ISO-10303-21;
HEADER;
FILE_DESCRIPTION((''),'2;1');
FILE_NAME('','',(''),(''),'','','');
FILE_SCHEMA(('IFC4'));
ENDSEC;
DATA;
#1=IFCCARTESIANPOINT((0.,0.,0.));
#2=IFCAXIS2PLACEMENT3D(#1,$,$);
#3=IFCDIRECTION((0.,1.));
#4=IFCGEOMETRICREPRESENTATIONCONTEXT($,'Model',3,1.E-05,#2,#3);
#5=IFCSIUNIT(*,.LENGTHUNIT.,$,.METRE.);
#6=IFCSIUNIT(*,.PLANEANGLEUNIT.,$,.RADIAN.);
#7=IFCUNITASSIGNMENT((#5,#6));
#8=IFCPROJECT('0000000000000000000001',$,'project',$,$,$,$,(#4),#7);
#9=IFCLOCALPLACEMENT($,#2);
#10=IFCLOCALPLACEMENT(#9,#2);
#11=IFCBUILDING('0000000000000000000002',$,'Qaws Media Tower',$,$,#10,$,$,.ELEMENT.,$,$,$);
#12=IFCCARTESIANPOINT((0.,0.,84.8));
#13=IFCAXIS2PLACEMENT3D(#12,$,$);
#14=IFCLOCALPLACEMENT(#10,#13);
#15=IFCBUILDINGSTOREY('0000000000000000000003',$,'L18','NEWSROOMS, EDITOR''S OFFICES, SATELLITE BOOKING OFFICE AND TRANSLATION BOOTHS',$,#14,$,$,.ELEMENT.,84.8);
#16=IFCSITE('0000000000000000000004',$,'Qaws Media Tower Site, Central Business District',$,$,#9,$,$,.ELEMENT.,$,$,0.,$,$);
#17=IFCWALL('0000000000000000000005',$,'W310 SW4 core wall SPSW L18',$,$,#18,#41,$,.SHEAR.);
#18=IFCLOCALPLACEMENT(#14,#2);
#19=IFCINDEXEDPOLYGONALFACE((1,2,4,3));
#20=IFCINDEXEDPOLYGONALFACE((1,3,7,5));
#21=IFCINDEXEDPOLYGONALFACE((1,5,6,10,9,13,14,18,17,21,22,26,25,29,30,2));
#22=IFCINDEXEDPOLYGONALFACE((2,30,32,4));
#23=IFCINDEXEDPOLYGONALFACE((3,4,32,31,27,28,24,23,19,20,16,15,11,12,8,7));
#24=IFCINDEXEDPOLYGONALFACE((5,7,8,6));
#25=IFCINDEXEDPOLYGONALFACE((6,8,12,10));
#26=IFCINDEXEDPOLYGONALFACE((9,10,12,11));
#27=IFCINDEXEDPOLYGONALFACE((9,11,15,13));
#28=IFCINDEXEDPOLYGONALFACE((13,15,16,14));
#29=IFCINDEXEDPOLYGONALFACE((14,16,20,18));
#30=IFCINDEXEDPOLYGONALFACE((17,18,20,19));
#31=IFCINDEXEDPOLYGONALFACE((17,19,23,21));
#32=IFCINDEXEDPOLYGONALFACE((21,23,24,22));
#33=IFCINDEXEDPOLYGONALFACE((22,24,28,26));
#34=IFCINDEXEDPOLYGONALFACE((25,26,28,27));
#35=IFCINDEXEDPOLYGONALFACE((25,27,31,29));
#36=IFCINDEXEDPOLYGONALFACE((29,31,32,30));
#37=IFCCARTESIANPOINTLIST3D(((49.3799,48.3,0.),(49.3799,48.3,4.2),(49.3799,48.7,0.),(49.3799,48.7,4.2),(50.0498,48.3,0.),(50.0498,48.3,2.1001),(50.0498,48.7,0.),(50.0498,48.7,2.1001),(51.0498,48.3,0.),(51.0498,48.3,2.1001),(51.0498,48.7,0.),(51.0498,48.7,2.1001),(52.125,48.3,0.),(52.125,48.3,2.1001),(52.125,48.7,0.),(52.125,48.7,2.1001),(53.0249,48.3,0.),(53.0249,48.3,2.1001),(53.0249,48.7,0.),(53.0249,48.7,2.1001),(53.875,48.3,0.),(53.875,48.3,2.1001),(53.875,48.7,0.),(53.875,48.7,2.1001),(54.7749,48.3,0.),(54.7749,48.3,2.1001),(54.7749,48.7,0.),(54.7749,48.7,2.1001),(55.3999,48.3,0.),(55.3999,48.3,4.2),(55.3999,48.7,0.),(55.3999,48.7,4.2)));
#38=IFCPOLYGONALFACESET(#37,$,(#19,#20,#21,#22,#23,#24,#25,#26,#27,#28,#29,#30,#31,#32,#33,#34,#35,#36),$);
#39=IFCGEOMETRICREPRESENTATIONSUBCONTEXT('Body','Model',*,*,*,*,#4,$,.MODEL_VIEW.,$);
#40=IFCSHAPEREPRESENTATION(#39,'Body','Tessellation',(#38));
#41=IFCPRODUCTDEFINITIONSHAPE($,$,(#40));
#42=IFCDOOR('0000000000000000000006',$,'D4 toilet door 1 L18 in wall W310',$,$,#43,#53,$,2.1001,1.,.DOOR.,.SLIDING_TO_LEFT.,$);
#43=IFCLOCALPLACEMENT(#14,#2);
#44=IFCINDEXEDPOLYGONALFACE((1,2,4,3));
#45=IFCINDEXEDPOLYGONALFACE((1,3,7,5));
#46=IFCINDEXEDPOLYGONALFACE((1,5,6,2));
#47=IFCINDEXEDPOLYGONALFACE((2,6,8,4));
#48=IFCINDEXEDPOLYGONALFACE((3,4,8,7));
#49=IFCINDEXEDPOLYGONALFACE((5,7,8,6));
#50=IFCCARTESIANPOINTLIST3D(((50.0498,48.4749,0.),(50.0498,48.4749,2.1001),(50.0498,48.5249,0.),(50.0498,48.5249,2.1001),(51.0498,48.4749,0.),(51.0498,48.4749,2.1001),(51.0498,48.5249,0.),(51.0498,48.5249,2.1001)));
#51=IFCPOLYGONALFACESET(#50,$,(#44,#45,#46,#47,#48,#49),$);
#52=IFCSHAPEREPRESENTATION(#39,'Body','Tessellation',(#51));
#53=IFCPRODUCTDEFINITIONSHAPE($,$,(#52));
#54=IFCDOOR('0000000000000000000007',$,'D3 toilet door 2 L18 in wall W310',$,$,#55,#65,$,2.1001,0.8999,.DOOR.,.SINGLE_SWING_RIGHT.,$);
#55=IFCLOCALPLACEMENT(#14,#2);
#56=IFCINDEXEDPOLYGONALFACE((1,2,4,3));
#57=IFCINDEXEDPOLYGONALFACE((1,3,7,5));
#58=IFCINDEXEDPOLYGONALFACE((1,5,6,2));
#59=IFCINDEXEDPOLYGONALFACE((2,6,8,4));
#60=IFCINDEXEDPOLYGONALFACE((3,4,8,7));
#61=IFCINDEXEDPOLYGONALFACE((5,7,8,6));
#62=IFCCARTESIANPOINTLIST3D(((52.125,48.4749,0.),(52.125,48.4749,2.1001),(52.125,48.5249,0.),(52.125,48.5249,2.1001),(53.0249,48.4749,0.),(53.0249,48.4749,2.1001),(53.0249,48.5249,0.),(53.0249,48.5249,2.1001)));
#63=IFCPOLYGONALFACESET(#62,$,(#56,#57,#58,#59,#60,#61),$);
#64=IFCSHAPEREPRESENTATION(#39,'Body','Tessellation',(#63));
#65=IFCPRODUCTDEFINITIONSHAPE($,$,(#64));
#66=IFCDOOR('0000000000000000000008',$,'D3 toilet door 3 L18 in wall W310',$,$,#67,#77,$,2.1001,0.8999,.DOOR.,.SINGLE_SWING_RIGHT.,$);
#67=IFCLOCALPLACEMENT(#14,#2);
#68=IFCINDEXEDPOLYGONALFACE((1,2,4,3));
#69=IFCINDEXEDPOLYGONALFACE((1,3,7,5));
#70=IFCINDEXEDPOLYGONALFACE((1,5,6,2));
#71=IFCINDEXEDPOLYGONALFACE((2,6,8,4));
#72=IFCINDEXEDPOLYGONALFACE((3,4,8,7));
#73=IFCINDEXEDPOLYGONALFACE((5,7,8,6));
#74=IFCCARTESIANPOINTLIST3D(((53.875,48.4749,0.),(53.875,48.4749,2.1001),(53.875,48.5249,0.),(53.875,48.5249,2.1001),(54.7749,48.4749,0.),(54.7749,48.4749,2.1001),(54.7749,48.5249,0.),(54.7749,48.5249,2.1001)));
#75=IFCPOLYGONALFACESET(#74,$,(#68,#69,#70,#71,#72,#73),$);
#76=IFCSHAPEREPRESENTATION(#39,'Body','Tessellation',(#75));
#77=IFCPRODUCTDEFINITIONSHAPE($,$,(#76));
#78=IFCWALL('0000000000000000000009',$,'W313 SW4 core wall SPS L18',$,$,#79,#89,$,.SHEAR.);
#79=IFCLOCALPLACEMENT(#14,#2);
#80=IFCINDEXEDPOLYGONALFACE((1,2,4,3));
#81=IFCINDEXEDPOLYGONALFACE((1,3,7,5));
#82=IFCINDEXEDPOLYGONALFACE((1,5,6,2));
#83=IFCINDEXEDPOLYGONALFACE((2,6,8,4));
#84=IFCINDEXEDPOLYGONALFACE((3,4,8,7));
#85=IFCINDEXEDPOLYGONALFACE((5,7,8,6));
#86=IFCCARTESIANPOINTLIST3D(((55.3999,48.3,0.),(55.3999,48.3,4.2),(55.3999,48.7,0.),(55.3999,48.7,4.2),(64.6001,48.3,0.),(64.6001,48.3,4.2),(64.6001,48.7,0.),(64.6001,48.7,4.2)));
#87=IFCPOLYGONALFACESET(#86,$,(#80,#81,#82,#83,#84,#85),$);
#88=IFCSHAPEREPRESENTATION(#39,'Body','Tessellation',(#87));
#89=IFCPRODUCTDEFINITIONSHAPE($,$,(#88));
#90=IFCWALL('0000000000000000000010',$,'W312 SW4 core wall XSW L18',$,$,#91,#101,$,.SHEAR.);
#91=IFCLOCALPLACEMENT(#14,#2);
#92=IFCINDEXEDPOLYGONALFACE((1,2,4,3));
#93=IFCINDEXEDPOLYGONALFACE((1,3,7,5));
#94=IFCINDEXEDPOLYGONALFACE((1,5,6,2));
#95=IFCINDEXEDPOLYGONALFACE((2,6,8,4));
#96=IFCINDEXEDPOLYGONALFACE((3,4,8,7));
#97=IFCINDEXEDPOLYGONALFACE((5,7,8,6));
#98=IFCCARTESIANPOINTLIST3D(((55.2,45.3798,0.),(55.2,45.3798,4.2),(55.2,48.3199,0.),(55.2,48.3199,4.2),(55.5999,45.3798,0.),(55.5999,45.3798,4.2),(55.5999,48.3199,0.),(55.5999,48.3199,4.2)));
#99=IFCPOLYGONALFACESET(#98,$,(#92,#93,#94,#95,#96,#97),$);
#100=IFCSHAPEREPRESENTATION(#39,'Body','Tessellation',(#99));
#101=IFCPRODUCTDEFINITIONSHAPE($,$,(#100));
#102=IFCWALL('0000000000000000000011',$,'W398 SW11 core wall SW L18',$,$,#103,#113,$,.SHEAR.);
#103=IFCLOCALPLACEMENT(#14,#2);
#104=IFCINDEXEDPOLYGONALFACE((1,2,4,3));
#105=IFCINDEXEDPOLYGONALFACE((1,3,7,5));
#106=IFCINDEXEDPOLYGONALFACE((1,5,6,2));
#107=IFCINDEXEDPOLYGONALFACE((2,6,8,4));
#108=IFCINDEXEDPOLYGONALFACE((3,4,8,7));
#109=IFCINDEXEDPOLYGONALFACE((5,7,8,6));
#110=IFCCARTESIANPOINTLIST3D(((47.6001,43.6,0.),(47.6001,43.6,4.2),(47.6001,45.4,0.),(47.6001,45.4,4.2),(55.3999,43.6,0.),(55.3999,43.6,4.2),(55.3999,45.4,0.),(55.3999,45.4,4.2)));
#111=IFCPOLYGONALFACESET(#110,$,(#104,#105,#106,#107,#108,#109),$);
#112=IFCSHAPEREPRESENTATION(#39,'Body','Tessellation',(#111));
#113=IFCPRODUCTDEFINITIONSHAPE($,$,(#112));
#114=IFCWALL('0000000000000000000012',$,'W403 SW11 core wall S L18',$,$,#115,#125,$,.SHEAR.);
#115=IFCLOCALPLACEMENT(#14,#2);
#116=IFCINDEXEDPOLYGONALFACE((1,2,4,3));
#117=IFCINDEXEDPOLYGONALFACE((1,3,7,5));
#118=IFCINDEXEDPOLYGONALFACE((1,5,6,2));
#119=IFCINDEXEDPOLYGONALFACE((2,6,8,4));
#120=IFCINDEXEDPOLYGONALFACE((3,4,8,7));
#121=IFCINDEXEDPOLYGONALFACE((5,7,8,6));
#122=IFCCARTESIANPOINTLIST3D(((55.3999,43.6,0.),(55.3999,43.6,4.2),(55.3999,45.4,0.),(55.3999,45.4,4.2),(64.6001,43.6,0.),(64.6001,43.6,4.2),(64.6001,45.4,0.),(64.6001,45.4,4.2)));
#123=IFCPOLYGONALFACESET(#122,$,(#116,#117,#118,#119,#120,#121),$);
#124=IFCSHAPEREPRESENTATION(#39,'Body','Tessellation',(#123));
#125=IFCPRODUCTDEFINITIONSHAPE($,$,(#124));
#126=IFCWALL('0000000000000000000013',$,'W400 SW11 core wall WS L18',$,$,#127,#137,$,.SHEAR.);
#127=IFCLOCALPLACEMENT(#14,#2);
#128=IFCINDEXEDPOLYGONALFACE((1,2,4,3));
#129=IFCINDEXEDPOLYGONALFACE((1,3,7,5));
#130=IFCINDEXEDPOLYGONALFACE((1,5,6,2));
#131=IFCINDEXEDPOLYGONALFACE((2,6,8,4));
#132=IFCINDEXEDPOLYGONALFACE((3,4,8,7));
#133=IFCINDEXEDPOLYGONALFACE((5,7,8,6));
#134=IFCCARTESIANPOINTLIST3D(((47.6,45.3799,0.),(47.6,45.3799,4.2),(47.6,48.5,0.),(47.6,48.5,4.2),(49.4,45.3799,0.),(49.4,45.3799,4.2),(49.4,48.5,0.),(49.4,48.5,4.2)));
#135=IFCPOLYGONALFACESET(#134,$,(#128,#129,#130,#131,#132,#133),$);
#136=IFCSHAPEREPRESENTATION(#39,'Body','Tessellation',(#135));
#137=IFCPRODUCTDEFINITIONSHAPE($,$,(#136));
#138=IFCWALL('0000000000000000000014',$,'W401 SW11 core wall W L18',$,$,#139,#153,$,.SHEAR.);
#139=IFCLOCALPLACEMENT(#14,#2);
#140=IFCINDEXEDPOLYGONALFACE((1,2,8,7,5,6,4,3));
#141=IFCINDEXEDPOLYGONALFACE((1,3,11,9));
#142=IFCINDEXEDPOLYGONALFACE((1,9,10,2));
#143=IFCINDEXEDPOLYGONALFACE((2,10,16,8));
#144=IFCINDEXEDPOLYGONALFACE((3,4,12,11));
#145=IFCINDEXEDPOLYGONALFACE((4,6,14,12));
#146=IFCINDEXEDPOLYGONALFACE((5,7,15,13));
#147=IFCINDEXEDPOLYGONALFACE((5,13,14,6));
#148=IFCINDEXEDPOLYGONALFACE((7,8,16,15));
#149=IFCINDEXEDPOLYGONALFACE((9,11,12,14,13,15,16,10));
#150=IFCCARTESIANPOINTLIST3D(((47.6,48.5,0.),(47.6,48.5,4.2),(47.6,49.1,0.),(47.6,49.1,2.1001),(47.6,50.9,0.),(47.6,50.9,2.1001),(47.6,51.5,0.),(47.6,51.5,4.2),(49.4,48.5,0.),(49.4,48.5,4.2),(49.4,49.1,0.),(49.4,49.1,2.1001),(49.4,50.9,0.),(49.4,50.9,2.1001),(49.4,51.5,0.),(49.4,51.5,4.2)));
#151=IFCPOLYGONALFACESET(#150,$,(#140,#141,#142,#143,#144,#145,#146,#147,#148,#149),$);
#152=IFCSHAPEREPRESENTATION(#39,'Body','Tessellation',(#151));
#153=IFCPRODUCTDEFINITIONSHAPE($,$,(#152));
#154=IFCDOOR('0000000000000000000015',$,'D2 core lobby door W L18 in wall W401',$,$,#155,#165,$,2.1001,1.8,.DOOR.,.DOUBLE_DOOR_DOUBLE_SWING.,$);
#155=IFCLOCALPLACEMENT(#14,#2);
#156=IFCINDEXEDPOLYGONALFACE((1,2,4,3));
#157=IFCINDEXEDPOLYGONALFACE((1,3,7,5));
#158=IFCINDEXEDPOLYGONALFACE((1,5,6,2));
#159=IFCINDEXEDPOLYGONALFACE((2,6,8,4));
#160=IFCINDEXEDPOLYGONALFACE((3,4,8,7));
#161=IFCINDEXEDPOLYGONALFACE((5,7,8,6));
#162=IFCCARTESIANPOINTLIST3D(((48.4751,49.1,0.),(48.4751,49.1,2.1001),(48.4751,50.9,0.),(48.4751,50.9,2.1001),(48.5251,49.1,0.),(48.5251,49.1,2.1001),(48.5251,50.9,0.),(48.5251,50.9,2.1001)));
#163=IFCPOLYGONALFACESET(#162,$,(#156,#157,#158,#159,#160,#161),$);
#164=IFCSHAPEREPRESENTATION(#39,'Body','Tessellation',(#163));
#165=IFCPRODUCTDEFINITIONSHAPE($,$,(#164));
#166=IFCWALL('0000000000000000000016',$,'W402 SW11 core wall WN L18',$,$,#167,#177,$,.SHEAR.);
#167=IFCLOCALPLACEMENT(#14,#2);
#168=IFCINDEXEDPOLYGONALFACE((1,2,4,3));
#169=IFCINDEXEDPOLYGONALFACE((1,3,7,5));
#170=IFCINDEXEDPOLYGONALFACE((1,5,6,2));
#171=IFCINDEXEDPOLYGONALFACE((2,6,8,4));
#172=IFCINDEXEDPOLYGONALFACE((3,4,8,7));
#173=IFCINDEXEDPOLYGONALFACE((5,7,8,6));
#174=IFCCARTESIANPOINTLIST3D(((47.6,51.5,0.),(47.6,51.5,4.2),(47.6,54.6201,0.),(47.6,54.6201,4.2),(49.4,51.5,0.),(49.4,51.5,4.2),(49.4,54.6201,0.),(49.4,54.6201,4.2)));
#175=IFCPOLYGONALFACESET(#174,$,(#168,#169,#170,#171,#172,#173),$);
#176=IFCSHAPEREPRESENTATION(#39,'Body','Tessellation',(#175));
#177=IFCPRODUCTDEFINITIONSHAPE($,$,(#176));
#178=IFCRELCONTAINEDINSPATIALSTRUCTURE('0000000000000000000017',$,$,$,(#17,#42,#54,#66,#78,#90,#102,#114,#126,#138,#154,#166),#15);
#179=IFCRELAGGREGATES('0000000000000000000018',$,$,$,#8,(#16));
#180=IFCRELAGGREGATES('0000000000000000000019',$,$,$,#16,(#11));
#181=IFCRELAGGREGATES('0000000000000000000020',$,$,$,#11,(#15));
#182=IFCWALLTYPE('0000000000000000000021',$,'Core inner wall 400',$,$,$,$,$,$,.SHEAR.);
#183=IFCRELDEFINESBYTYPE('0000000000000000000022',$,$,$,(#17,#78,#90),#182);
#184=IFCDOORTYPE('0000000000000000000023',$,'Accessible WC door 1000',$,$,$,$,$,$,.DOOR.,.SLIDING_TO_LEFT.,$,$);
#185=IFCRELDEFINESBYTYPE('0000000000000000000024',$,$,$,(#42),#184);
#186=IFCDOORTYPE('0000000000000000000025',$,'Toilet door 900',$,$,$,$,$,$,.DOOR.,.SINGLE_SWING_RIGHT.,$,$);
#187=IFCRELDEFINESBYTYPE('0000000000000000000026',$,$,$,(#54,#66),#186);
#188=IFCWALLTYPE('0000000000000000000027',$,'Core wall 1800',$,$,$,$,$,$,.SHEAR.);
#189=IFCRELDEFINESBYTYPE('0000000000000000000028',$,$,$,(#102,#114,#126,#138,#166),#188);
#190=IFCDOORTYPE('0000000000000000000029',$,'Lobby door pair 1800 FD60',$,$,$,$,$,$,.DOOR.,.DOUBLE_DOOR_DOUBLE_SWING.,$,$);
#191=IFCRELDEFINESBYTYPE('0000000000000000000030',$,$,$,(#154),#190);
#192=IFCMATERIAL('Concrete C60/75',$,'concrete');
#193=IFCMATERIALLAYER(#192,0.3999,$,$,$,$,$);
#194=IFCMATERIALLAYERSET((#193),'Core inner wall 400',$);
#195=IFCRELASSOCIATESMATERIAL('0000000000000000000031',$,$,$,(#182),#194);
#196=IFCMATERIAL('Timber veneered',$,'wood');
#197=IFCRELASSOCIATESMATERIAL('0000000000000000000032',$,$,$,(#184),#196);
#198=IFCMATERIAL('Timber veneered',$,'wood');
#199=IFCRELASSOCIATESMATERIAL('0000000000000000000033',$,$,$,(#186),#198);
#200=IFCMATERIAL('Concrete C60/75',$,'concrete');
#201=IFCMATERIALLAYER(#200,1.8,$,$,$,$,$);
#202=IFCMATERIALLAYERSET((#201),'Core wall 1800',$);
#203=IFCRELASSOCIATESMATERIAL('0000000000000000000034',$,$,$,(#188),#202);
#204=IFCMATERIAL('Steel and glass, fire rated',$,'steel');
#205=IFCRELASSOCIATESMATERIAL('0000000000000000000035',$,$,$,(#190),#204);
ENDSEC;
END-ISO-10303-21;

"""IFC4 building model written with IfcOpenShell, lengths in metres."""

from ifc_helpers import new_model, si_unit, direction, frame, frame_2d, origin, place, context, subcontext, project, spatial, rectangle, extrude, material, layer, layer_set, type_object, element, fill, save


model = new_model("IFC4")

# Units and contexts
model_context = context("Model", 3, precision=1e-05, world=origin(), true_north=direction((0.0, 1.0)))
body_context = subcontext(model_context, "Body", "Model", "MODEL_VIEW")
ifc_project = project(units=[si_unit("LENGTHUNIT", "METRE"), si_unit("PLANEANGLEUNIT", "RADIAN")], contexts=[model_context])

# Site, building, storey
site_placement = place(None, origin())
site = spatial("IfcSite", under=ifc_project, at=site_placement, Name="Qaws Media Tower Site, Central Business District", CompositionType="ELEMENT", RefElevation=0.0)
building_placement = place(site_placement, origin())
building = spatial("IfcBuilding", under=site, at=building_placement, Name="Qaws Media Tower", CompositionType="ELEMENT")
storey_placement = place(building_placement, frame((0.0, 0.0, 84.8)))
storey = spatial("IfcBuildingStorey", under=building, at=storey_placement, Name="L18", Description="NEWSROOMS, EDITOR'S OFFICES, SATELLITE BOOKING OFFICE AND TRANSLATION BOOTHS", CompositionType="ELEMENT", Elevation=84.8)

# Shared definitions
ifc_material_1 = material(Name="Concrete C60/75", Category="concrete")
ifc_layer_1 = layer(ifc_material_1, 0.3999)
ifc_layer_set_1 = layer_set([ifc_layer_1], Name="Core inner wall 400")
wall_type_1 = type_object("IfcWallType", Name="Core inner wall 400", PredefinedType="SHEAR", material=ifc_layer_set_1)

# Wall, openings, doors
wall_1_placement = place(storey_placement, frame((49.3799, 48.5, 0.0), z_axis=(0.0, 0.0, 1.0), x_axis=(1.0, 0.0, 0.0)))
wall_1 = element("IfcWall", 1, at=wall_1_placement, inside=storey, type_object=wall_type_1, Name="W310 SW4 core wall SPSW L18", PredefinedType="SHEAR", context=body_context, shape_type="SweptSolid", body=[
    extrude(rectangle(XDim=6.02, YDim=0.3999, at=frame_2d((3.01, 0.0))), origin(), (0.0, 0.0, 1.0), 4.2),
])
opening_1_placement = place(wall_1_placement, frame((0.6699, 0.0, 0.0)))
opening_1 = element("IfcOpeningElement", 2, at=opening_1_placement, cuts=wall_1, PredefinedType="OPENING", context=body_context, shape_type="SweptSolid", body=[
    extrude(rectangle(XDim=1.0, YDim=2.1001, at=frame_2d((0.5, 1.05))), frame((0.0, 0.21, 0.0), z_axis=(0.0, -1.0, 0.0), x_axis=(1.0, 0.0, 0.0)), (0.0, 0.0, 1.0), 0.4199),
])
opening_2_placement = place(wall_1_placement, frame((2.7451, 0.0, 0.0)))
opening_2 = element("IfcOpeningElement", 3, at=opening_2_placement, cuts=wall_1, PredefinedType="OPENING", context=body_context, shape_type="SweptSolid", body=[
    extrude(rectangle(XDim=0.8999, YDim=2.1001, at=frame_2d((0.45, 1.05))), frame((0.0, 0.21, 0.0), z_axis=(0.0, -1.0, 0.0), x_axis=(1.0, 0.0, 0.0)), (0.0, 0.0, 1.0), 0.4199),
])
opening_3_placement = place(wall_1_placement, frame((4.4951, 0.0, 0.0)))
opening_3 = element("IfcOpeningElement", 4, at=opening_3_placement, cuts=wall_1, PredefinedType="OPENING", context=body_context, shape_type="SweptSolid", body=[
    extrude(rectangle(XDim=0.8999, YDim=2.1001, at=frame_2d((0.45, 1.05))), frame((0.0, 0.21, 0.0), z_axis=(0.0, -1.0, 0.0), x_axis=(1.0, 0.0, 0.0)), (0.0, 0.0, 1.0), 0.4199),
])
ifc_material_2 = material(Name="Timber veneered", Category="wood")
door_type_1 = type_object("IfcDoorType", Name="Accessible WC door 1000", OperationType="SLIDING_TO_LEFT", PredefinedType="DOOR", material=ifc_material_2)
door_1_placement = place(opening_1_placement, origin())
door_1 = element("IfcDoor", 5, at=door_1_placement, inside=storey, type_object=door_type_1, Name="D4 toilet door 1 L18 in wall W310", OperationType="SLIDING_TO_LEFT", OverallHeight=2.1001, OverallWidth=1.0, PredefinedType="DOOR", context=body_context, shape_type="SweptSolid", body=[
    extrude(rectangle(XDim=1.0, YDim=2.1001, at=frame_2d((0.5, 1.05))), frame((0.0, 0.0249, 0.0), z_axis=(0.0, -1.0, 0.0), x_axis=(1.0, 0.0, 0.0)), (0.0, 0.0, 1.0), 0.05),
])
fill(opening_1, door_1)
ifc_material_3 = material(Name="Timber veneered", Category="wood")
door_type_2 = type_object("IfcDoorType", Name="Toilet door 900", OperationType="SINGLE_SWING_RIGHT", PredefinedType="DOOR", material=ifc_material_3)
door_2_placement = place(opening_2_placement, origin())
door_2 = element("IfcDoor", 6, at=door_2_placement, inside=storey, type_object=door_type_2, Name="D3 toilet door 2 L18 in wall W310", OperationType="SINGLE_SWING_RIGHT", OverallHeight=2.1001, OverallWidth=0.8999, PredefinedType="DOOR", context=body_context, shape_type="SweptSolid", body=[
    extrude(rectangle(XDim=0.8999, YDim=2.1001, at=frame_2d((0.45, 1.05))), frame((0.0, 0.0249, 0.0), z_axis=(0.0, -1.0, 0.0), x_axis=(1.0, 0.0, 0.0)), (0.0, 0.0, 1.0), 0.05),
])
fill(opening_2, door_2)
door_3_placement = place(opening_3_placement, origin())
door_3 = element("IfcDoor", 7, at=door_3_placement, inside=storey, type_object=door_type_2, Name="D3 toilet door 3 L18 in wall W310", OperationType="SINGLE_SWING_RIGHT", OverallHeight=2.1001, OverallWidth=0.8999, PredefinedType="DOOR", context=body_context, shape_type="SweptSolid", body=[
    extrude(rectangle(XDim=0.8999, YDim=2.1001, at=frame_2d((0.45, 1.05))), frame((0.0, 0.0249, 0.0), z_axis=(0.0, -1.0, 0.0), x_axis=(1.0, 0.0, 0.0)), (0.0, 0.0, 1.0), 0.05),
])
fill(opening_3, door_3)

# Walls
wall_2_placement = place(storey_placement, frame((55.3999, 48.5, 0.0), z_axis=(0.0, 0.0, 1.0), x_axis=(1.0, 0.0, 0.0)))
element("IfcWall", 8, at=wall_2_placement, inside=storey, type_object=wall_type_1, Name="W313 SW4 core wall SPS L18", PredefinedType="SHEAR", context=body_context, shape_type="SweptSolid", body=[
    extrude(rectangle(XDim=9.2002, YDim=0.3999, at=frame_2d((4.6001, 0.0))), origin(), (0.0, 0.0, 1.0), 4.2),
])
wall_3_placement = place(storey_placement, frame((55.3999, 48.3201, 0.0), z_axis=(0.0, 0.0, 1.0), x_axis=(0.0, -1.0, 0.0)))
element("IfcWall", 9, at=wall_3_placement, inside=storey, type_object=wall_type_1, Name="W312 SW4 core wall XSW L18", PredefinedType="SHEAR", context=body_context, shape_type="SweptSolid", body=[
    extrude(rectangle(XDim=2.9402, YDim=0.3999, at=frame_2d((1.4702, 0.0))), origin(), (0.0, 0.0, 1.0), 4.2),
])
ifc_material_4 = material(Name="Concrete C60/75", Category="concrete")
ifc_layer_2 = layer(ifc_material_4, 1.8)
ifc_layer_set_2 = layer_set([ifc_layer_2], Name="Core wall 1800")
wall_type_2 = type_object("IfcWallType", Name="Core wall 1800", PredefinedType="SHEAR", material=ifc_layer_set_2)
wall_4_placement = place(storey_placement, frame((47.6001, 44.5, 0.0), z_axis=(0.0, 0.0, 1.0), x_axis=(1.0, 0.0, 0.0)))
element("IfcWall", 10, at=wall_4_placement, inside=storey, type_object=wall_type_2, Name="W398 SW11 core wall SW L18", PredefinedType="SHEAR", context=body_context, shape_type="SweptSolid", body=[
    extrude(rectangle(XDim=7.7998, YDim=1.8, at=frame_2d((3.8999, 0.0))), origin(), (0.0, 0.0, 1.0), 4.2),
])
wall_5_placement = place(storey_placement, frame((55.3999, 44.5, 0.0), z_axis=(0.0, 0.0, 1.0), x_axis=(1.0, 0.0, 0.0)))
element("IfcWall", 11, at=wall_5_placement, inside=storey, type_object=wall_type_2, Name="W403 SW11 core wall S L18", PredefinedType="SHEAR", context=body_context, shape_type="SweptSolid", body=[
    extrude(rectangle(XDim=9.2002, YDim=1.8, at=frame_2d((4.6001, 0.0))), origin(), (0.0, 0.0, 1.0), 4.2),
])
wall_6_placement = place(storey_placement, frame((48.5, 45.3799, 0.0), z_axis=(0.0, 0.0, 1.0), x_axis=(0.0, 1.0, 0.0)))
element("IfcWall", 12, at=wall_6_placement, inside=storey, type_object=wall_type_2, Name="W400 SW11 core wall WS L18", PredefinedType="SHEAR", context=body_context, shape_type="SweptSolid", body=[
    extrude(rectangle(XDim=3.1201, YDim=1.8, at=frame_2d((1.5601, 0.0))), origin(), (0.0, 0.0, 1.0), 4.2),
])

# Wall, opening, door
wall_7_placement = place(storey_placement, frame((48.5, 48.5, 0.0), z_axis=(0.0, 0.0, 1.0), x_axis=(0.0, 1.0, 0.0)))
wall_7 = element("IfcWall", 13, at=wall_7_placement, inside=storey, type_object=wall_type_2, Name="W401 SW11 core wall W L18", PredefinedType="SHEAR", context=body_context, shape_type="SweptSolid", body=[
    extrude(rectangle(XDim=3.0, YDim=1.8, at=frame_2d((1.5, 0.0))), origin(), (0.0, 0.0, 1.0), 4.2),
])
opening_4_placement = place(wall_7_placement, frame((0.6001, 0.0, 0.0)))
opening_4 = element("IfcOpeningElement", 14, at=opening_4_placement, cuts=wall_7, PredefinedType="OPENING", context=body_context, shape_type="SweptSolid", body=[
    extrude(rectangle(XDim=1.8, YDim=2.1001, at=frame_2d((0.8999, 1.05))), frame((0.0, 0.9099, 0.0), z_axis=(0.0, -1.0, 0.0), x_axis=(1.0, 0.0, 0.0)), (0.0, 0.0, 1.0), 1.8201),
])
ifc_material_5 = material(Name="Steel and glass, fire rated", Category="steel")
door_type_3 = type_object("IfcDoorType", Name="Lobby door pair 1800 FD60", OperationType="DOUBLE_DOOR_DOUBLE_SWING", PredefinedType="DOOR", material=ifc_material_5)
door_4_placement = place(opening_4_placement, origin())
door_4 = element("IfcDoor", 15, at=door_4_placement, inside=storey, type_object=door_type_3, Name="D2 core lobby door W L18 in wall W401", OperationType="DOUBLE_DOOR_DOUBLE_SWING", OverallHeight=2.1001, OverallWidth=1.8, PredefinedType="DOOR", context=body_context, shape_type="SweptSolid", body=[
    extrude(rectangle(XDim=1.8, YDim=2.1001, at=frame_2d((0.8999, 1.05))), frame((0.0, 0.0249, 0.0), z_axis=(0.0, -1.0, 0.0), x_axis=(1.0, 0.0, 0.0)), (0.0, 0.0, 1.0), 0.05),
])
fill(opening_4, door_4)

# Wall
wall_8_placement = place(storey_placement, frame((48.5, 51.5, 0.0), z_axis=(0.0, 0.0, 1.0), x_axis=(0.0, 1.0, 0.0)))
element("IfcWall", 16, at=wall_8_placement, inside=storey, type_object=wall_type_2, Name="W402 SW11 core wall WN L18", PredefinedType="SHEAR", context=body_context, shape_type="SweptSolid", body=[
    extrude(rectangle(XDim=3.1201, YDim=1.8, at=frame_2d((1.5601, 0.0))), origin(), (0.0, 0.0, 1.0), 4.2),
])

save(model, "model.ifc")
